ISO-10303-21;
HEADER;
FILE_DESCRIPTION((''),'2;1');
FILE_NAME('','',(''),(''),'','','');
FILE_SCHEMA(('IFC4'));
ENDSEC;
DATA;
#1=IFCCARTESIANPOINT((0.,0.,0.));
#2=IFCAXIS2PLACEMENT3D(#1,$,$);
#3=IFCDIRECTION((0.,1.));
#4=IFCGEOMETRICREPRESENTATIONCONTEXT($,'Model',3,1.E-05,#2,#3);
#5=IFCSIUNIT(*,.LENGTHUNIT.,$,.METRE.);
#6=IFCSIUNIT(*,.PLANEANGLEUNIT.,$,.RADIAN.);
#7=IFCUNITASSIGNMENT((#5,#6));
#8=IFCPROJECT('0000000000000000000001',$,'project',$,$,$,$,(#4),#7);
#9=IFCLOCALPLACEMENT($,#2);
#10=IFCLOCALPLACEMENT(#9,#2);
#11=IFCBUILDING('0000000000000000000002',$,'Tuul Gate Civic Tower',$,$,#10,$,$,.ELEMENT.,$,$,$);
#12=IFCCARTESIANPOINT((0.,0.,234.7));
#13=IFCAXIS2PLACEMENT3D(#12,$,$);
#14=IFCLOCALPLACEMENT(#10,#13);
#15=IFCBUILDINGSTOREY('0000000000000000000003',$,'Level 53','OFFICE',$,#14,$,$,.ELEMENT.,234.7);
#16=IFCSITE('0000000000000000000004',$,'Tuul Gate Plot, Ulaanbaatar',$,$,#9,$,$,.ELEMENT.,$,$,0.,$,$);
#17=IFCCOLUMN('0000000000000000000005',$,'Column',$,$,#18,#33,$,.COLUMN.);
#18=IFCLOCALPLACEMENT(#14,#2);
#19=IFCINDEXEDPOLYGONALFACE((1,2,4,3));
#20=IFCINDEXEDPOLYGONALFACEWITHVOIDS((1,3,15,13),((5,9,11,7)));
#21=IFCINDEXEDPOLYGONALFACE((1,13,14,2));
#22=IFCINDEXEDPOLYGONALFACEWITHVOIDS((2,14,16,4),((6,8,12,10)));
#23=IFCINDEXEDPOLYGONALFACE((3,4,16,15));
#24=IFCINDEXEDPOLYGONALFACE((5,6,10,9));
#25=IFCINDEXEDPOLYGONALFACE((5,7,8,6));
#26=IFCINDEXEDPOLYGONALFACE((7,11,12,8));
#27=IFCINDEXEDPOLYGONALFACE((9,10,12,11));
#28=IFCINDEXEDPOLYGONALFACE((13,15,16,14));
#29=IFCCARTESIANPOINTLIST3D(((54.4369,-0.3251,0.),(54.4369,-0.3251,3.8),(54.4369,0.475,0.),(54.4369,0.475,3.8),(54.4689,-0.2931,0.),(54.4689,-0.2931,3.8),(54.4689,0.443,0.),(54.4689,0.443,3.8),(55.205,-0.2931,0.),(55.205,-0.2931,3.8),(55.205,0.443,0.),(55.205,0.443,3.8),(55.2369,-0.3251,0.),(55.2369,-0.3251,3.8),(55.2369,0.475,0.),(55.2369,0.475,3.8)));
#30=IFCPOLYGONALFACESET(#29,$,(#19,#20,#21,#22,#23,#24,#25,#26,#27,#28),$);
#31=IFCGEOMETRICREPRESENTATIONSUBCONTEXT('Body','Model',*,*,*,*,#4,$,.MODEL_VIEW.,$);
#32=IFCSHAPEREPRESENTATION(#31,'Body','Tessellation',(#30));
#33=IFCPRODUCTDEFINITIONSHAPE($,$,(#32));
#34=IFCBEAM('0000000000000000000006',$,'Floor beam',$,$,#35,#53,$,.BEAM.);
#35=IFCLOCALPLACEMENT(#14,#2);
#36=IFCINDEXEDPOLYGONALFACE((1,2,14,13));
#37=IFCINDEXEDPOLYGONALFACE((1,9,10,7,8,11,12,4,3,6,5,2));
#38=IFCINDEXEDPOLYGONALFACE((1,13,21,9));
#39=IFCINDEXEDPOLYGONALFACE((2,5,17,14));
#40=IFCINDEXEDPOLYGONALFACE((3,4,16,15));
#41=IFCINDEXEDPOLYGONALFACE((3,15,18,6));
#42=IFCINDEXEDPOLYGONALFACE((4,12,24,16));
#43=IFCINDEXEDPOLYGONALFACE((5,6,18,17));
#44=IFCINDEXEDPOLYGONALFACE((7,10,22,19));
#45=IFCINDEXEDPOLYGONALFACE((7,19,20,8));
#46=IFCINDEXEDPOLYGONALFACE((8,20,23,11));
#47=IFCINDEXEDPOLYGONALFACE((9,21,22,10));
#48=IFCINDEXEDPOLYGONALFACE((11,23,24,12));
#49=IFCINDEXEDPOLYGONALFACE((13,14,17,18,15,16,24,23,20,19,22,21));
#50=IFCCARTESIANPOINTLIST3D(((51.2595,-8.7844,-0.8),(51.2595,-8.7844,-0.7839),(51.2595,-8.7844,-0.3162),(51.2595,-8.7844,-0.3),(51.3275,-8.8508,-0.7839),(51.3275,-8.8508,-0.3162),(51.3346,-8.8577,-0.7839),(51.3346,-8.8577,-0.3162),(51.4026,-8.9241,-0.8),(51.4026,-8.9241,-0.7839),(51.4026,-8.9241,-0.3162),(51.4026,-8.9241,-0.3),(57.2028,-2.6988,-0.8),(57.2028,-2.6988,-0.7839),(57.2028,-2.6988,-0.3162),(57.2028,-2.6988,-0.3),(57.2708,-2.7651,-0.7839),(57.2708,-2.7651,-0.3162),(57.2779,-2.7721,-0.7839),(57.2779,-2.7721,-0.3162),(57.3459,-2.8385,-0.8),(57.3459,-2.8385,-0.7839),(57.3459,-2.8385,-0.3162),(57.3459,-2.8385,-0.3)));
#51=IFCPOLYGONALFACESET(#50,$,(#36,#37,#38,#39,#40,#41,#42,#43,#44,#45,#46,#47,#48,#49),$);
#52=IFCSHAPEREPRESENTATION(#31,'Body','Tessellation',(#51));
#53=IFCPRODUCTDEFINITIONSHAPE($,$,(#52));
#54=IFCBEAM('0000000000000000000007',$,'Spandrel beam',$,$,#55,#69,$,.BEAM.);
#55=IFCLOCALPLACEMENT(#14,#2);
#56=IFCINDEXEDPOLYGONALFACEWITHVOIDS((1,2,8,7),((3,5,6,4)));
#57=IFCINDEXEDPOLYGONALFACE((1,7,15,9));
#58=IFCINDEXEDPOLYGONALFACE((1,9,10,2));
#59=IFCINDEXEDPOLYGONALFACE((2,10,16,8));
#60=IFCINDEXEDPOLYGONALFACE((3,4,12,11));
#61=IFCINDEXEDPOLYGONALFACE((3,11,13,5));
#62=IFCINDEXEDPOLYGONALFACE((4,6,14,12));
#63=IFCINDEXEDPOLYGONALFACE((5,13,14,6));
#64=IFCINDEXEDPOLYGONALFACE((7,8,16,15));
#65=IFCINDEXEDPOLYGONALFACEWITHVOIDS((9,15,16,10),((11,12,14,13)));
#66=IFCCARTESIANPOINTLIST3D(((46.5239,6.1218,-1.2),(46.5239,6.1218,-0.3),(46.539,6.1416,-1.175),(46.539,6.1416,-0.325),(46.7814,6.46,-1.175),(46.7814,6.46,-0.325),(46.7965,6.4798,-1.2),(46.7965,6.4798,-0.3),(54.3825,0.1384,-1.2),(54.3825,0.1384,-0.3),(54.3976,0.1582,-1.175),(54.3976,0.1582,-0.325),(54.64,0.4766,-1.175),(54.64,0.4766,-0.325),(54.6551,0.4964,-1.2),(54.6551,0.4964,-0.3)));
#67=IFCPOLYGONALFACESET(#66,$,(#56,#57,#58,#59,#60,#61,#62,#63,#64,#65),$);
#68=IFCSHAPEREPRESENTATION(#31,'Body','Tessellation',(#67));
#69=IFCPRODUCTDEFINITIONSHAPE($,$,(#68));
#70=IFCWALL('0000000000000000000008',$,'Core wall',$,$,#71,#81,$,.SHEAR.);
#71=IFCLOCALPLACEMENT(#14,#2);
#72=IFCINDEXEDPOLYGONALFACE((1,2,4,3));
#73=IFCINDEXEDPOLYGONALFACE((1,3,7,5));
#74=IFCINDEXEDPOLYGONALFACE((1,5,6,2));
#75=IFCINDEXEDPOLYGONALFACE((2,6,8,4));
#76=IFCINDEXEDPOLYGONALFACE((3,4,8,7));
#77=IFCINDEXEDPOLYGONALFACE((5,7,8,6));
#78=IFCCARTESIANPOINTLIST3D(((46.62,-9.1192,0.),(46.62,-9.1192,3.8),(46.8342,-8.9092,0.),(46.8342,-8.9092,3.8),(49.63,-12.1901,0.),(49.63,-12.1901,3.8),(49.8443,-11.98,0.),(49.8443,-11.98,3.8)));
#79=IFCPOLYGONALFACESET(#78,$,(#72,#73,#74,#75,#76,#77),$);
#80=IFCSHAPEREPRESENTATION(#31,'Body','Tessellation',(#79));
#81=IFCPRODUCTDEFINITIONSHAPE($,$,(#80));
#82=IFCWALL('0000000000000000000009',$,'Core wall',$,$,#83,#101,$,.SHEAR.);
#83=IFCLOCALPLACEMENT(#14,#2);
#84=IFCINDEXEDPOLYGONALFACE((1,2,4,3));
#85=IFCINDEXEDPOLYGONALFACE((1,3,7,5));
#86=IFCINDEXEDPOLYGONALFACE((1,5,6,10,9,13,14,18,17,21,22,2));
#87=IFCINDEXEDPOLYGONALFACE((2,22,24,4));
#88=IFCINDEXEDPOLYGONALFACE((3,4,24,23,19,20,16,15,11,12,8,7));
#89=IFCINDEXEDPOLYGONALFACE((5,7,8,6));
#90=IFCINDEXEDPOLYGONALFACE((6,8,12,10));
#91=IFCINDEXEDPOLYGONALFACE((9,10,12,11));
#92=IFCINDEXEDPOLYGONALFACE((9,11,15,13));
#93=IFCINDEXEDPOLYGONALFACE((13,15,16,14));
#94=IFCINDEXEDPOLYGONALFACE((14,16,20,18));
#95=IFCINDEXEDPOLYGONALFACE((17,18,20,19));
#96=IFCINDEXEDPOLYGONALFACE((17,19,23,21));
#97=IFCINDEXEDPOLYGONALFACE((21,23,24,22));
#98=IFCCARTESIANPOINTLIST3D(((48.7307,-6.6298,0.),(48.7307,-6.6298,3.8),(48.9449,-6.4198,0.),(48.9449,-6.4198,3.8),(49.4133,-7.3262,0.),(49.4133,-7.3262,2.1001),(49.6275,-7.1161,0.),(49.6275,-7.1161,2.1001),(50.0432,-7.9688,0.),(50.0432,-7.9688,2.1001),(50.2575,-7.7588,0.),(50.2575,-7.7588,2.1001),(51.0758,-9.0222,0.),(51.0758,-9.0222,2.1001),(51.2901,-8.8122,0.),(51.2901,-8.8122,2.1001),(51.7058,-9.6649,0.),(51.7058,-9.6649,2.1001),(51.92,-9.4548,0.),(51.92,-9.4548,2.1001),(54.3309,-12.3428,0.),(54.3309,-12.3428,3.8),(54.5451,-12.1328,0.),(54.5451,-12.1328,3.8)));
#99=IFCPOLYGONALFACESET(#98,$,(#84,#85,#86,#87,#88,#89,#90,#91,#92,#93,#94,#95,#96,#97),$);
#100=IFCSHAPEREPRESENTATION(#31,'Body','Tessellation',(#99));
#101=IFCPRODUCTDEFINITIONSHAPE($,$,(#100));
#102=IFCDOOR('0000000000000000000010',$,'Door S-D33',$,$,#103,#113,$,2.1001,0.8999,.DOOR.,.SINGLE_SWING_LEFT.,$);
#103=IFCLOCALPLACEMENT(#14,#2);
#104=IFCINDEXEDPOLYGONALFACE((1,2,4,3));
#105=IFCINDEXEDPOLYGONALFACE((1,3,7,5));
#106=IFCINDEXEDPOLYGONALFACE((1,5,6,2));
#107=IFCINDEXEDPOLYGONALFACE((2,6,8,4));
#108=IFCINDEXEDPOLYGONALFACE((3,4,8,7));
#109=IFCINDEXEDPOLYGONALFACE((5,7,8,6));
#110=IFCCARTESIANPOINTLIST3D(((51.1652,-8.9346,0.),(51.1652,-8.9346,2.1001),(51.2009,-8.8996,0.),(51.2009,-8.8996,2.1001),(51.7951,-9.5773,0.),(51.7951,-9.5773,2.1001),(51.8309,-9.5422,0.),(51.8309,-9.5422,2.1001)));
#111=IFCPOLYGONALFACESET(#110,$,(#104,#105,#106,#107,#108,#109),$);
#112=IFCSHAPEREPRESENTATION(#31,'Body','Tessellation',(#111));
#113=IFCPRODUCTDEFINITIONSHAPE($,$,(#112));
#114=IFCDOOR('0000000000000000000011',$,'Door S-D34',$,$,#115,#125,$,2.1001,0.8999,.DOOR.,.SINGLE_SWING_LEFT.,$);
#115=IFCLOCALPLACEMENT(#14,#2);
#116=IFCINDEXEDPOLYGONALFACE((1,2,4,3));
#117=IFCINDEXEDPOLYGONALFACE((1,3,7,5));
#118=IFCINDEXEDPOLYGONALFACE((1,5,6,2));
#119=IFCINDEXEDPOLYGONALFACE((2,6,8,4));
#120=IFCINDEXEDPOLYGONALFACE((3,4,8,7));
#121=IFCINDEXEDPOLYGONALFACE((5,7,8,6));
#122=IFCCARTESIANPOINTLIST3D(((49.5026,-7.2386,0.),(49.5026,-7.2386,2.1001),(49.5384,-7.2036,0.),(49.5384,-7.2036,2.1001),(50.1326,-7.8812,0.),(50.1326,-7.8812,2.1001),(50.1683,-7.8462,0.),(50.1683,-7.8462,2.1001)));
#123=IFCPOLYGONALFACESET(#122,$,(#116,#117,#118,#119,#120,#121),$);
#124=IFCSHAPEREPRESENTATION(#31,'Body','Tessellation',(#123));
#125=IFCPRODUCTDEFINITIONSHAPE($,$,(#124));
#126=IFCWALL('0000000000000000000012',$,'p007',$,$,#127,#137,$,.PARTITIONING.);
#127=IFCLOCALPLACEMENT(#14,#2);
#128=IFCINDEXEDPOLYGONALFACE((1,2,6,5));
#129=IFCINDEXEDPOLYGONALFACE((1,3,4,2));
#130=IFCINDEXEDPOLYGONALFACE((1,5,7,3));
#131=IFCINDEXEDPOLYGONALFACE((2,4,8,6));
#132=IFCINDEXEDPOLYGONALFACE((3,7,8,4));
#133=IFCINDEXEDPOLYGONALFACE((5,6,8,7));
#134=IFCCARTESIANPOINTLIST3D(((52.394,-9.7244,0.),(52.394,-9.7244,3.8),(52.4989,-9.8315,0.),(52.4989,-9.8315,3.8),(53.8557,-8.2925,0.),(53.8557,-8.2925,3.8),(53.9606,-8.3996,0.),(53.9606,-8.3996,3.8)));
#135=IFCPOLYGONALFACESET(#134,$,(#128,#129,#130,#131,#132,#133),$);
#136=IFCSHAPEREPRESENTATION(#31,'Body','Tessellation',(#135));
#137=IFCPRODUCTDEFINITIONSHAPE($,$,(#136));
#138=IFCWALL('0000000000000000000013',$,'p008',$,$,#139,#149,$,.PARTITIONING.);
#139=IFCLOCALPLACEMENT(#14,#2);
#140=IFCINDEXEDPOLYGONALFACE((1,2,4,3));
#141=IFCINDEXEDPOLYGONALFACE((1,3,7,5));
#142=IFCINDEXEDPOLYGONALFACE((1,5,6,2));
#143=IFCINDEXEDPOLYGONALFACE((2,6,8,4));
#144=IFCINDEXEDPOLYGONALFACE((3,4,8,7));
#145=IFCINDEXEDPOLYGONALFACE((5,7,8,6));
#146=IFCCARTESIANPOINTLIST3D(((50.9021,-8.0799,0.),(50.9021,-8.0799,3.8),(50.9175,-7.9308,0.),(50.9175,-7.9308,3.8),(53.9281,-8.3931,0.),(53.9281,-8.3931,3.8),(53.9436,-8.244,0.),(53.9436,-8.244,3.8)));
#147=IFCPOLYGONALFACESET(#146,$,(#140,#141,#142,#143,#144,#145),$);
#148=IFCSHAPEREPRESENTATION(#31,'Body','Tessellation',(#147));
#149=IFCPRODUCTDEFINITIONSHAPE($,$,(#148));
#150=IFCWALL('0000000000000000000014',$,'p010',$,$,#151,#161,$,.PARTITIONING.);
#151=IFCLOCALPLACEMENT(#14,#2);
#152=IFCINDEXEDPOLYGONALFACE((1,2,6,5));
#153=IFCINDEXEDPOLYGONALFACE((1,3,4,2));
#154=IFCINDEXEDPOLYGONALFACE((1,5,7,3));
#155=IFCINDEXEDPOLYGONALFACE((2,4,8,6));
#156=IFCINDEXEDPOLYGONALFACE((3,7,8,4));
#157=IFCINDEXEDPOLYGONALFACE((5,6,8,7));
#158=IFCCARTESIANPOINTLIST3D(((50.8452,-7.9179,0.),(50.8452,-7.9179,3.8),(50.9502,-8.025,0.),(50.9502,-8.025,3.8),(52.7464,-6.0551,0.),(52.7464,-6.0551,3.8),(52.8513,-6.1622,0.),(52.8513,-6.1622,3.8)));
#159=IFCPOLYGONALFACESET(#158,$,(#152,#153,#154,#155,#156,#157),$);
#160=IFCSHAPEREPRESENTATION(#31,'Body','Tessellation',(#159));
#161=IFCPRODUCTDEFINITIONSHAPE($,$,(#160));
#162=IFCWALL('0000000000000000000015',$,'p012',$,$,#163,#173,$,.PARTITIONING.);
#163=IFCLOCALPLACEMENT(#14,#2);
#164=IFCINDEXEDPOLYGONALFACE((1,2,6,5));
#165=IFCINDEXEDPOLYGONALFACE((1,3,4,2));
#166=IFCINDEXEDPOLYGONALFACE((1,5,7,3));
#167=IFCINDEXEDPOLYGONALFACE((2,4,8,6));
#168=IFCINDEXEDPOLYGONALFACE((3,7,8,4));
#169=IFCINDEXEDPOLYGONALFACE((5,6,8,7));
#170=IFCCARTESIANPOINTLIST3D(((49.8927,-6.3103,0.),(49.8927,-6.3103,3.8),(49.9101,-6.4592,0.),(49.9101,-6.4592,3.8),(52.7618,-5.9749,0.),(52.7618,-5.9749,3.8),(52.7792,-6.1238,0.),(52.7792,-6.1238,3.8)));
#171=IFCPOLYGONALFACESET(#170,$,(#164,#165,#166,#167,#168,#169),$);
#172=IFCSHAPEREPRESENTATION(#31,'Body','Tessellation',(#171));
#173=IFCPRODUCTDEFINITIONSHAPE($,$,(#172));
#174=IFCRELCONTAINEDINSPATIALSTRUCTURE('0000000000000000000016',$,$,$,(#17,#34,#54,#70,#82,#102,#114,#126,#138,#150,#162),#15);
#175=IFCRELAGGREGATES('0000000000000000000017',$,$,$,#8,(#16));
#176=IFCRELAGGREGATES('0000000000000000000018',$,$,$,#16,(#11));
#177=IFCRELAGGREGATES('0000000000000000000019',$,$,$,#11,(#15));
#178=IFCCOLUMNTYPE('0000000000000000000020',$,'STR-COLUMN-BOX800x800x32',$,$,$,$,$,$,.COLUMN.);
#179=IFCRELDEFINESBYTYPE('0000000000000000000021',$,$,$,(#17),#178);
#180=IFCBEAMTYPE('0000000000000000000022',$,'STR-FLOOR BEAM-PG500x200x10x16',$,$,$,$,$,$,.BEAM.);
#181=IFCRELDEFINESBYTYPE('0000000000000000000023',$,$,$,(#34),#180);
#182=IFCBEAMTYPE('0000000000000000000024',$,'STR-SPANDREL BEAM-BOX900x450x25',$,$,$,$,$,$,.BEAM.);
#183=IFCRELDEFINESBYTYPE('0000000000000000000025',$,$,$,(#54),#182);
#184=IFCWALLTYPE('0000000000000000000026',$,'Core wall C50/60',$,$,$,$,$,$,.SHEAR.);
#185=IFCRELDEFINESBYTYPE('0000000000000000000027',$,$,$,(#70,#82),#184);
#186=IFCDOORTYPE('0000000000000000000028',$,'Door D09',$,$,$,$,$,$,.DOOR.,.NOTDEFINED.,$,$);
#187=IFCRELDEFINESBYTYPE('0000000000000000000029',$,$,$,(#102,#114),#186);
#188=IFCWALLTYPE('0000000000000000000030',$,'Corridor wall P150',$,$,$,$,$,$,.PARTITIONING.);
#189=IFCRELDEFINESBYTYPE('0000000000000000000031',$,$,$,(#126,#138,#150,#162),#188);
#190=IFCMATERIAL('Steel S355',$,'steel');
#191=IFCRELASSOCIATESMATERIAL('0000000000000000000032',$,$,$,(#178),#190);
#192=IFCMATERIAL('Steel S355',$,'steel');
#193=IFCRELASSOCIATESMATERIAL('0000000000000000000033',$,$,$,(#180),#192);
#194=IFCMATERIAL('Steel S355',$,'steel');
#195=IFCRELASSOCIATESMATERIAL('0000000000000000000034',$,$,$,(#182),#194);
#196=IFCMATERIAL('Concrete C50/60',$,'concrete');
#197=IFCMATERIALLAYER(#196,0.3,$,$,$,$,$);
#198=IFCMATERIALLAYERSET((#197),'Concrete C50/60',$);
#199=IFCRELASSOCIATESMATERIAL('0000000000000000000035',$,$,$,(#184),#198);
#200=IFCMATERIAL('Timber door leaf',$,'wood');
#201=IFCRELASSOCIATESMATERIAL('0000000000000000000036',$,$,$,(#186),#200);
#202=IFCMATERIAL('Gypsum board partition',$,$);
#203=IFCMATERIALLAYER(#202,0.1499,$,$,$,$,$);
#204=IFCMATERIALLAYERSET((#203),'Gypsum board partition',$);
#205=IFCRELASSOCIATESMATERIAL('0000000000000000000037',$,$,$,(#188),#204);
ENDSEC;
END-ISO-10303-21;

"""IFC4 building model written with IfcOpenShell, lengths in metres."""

from ifc_helpers import new_model, si_unit, direction, frame, frame_2d, origin, origin_2d, place, context, subcontext, project, spatial, rectangle, hollow_rectangle, i_section, extrude, material, layer, layer_set, material_profile, profile_set, type_object, element, fill, save


model = new_model("IFC4")

# Units and contexts
model_context = context("Model", 3, precision=1e-05, world=origin(), true_north=direction((0.0, 1.0)))
body_context = subcontext(model_context, "Body", "Model", "MODEL_VIEW")
ifc_project = project(units=[si_unit("LENGTHUNIT", "METRE"), si_unit("PLANEANGLEUNIT", "RADIAN")], contexts=[model_context])

# Site, building, storey
site_placement = place(None, origin())
site = spatial("IfcSite", under=ifc_project, at=site_placement, Name="Tuul Gate Plot, Ulaanbaatar", CompositionType="ELEMENT", RefElevation=0.0)
building_placement = place(site_placement, origin())
building = spatial("IfcBuilding", under=site, at=building_placement, Name="Tuul Gate Civic Tower", CompositionType="ELEMENT")
storey_placement = place(building_placement, frame((0.0, 0.0, 234.7)))
storey = spatial("IfcBuildingStorey", under=building, at=storey_placement, Name="Level 53", Description="OFFICE", CompositionType="ELEMENT", Elevation=234.7)

# Column
ifc_material_1 = material(Name="Steel S355", Category="steel")
ifc_material_profile_1 = material_profile(ifc_material_1, hollow_rectangle(XDim=0.8, YDim=0.8, WallThickness=0.032, at=origin_2d()), Name="BOX800x800x32")
ifc_profile_set_1 = profile_set([ifc_material_profile_1], Name="Steel S355")
column_type = type_object("IfcColumnType", Name="STR-COLUMN-BOX800x800x32", PredefinedType="COLUMN", material=ifc_profile_set_1)
column_placement = place(storey_placement, frame((54.8369, 0.075, 0.0), z_axis=(0.0, 0.0, 1.0), x_axis=(1.0, 0.0, 0.0)))
element("IfcColumn", 1, at=column_placement, inside=storey, type_object=column_type, Name="Column", PredefinedType="COLUMN", context=body_context, shape_type="SweptSolid", body=[
    extrude(hollow_rectangle(XDim=0.8, YDim=0.8, WallThickness=0.032, at=origin_2d()), origin(), (0.0, 0.0, 1.0), 3.8),
])

# Beams
ifc_material_2 = material(Name="Steel S355", Category="steel")
ifc_material_profile_2 = material_profile(ifc_material_2, i_section(OverallWidth=0.2, OverallDepth=0.5, WebThickness=0.01, FlangeThickness=0.0161, at=origin_2d()), Name="PG500x200x10x16")
ifc_profile_set_2 = profile_set([ifc_material_profile_2], Name="Steel S355")
beam_type_1 = type_object("IfcBeamType", Name="STR-FLOOR BEAM-PG500x200x10x16", PredefinedType="BEAM", material=ifc_profile_set_2)
beam_1_placement = place(storey_placement, frame((51.3311, -8.8542, -0.55), z_axis=(0.698691, 0.715424, 0.0), x_axis=(-0.715424, 0.698691, 0.0)))
element("IfcBeam", 2, at=beam_1_placement, inside=storey, type_object=beam_type_1, Name="Floor beam", PredefinedType="BEAM", context=body_context, shape_type="SweptSolid", body=[
    extrude(i_section(OverallWidth=0.2, OverallDepth=0.5, WebThickness=0.01, FlangeThickness=0.0161, at=origin_2d()), origin(), (0.0, 0.0, 1.0), 8.5063),
])
ifc_material_3 = material(Name="Steel S355", Category="steel")
ifc_material_profile_3 = material_profile(ifc_material_3, hollow_rectangle(XDim=0.45, YDim=0.8999, WallThickness=0.0249, at=origin_2d()), Name="BOX900x450x25")
ifc_profile_set_3 = profile_set([ifc_material_profile_3], Name="Steel S355")
beam_type_2 = type_object("IfcBeamType", Name="STR-SPANDREL BEAM-BOX900x450x25", PredefinedType="BEAM", material=ifc_profile_set_3)
beam_2_placement = place(storey_placement, frame((54.5188, 0.3174, -0.75), z_axis=(-0.795634, 0.605778, 0.0), x_axis=(-0.605778, -0.795634, 0.0)))
element("IfcBeam", 3, at=beam_2_placement, inside=storey, type_object=beam_type_2, Name="Spandrel beam", PredefinedType="BEAM", context=body_context, shape_type="SweptSolid", body=[
    extrude(hollow_rectangle(XDim=0.45, YDim=0.8999, WallThickness=0.0249, at=origin_2d()), origin(), (0.0, 0.0, 1.0), 9.8772),
])

# Wall
ifc_material_4 = material(Name="Concrete C50/60", Category="concrete")
ifc_layer_1 = layer(ifc_material_4, 0.3)
ifc_layer_set_1 = layer_set([ifc_layer_1], Name="Concrete C50/60")
wall_type_1 = type_object("IfcWallType", Name="Core wall C50/60", PredefinedType="SHEAR", material=ifc_layer_set_1)
wall_1_placement = place(storey_placement, frame((49.7371, -12.085, 0.0), z_axis=(0.0, 0.0, 1.0), x_axis=(-0.700003, 0.71414, 0.0)))
element("IfcWall", 4, at=wall_1_placement, inside=storey, type_object=wall_type_1, Name="Core wall", PredefinedType="SHEAR", context=body_context, shape_type="SweptSolid", body=[
    extrude(rectangle(XDim=4.3, YDim=0.3, at=frame_2d((2.1499, 0.0))), origin(), (0.0, 0.0, 1.0), 3.8),
])

# Wall, openings, doors
wall_2_placement = place(storey_placement, frame((54.438, -12.2378, 0.0), z_axis=(0.0, 0.0, 1.0), x_axis=(-0.700022, 0.714121, 0.0)))
wall_2 = element("IfcWall", 5, at=wall_2_placement, inside=storey, type_object=wall_type_1, Name="Core wall", PredefinedType="SHEAR", context=body_context, shape_type="SweptSolid", body=[
    extrude(rectangle(XDim=8.0, YDim=0.3, at=frame_2d((4.0, 0.0))), origin(), (0.0, 0.0, 1.0), 3.8),
])
opening_1_placement = place(wall_2_placement, frame((3.75, 0.0, 0.0)))
opening_1 = element("IfcOpeningElement", 6, at=opening_1_placement, cuts=wall_2, PredefinedType="OPENING", context=body_context, shape_type="SweptSolid", body=[
    extrude(rectangle(XDim=0.8999, YDim=2.1001, at=frame_2d((0.45, 1.05))), frame((0.0, 0.1602, 0.0), z_axis=(0.0, -1.0, 0.0), x_axis=(1.0, 0.0, 0.0)), (0.0, 0.0, 1.0), 0.3201),
])
opening_2_placement = place(wall_2_placement, frame((6.125, 0.0, 0.0)))
opening_2 = element("IfcOpeningElement", 7, at=opening_2_placement, cuts=wall_2, PredefinedType="OPENING", context=body_context, shape_type="SweptSolid", body=[
    extrude(rectangle(XDim=0.8999, YDim=2.1001, at=frame_2d((0.45, 1.05))), frame((0.0, 0.1602, 0.0), z_axis=(0.0, -1.0, 0.0), x_axis=(1.0, 0.0, 0.0)), (0.0, 0.0, 1.0), 0.3201),
])
ifc_material_5 = material(Name="Timber door leaf", Category="wood")
door_type = type_object("IfcDoorType", Name="Door D09", OperationType="NOTDEFINED", PredefinedType="DOOR", material=ifc_material_5)
door_1_placement = place(opening_1_placement, origin())
door_1 = element("IfcDoor", 8, at=door_1_placement, inside=storey, type_object=door_type, Name="Door S-D33", OperationType="SINGLE_SWING_LEFT", OverallHeight=2.1001, OverallWidth=0.8999, PredefinedType="DOOR", context=body_context, shape_type="SweptSolid", body=[
    extrude(rectangle(XDim=0.8999, YDim=2.1001, at=frame_2d((0.45, 1.05))), frame((0.0, 0.0249, 0.0), z_axis=(0.0, -1.0, 0.0), x_axis=(1.0, 0.0, 0.0)), (0.0, 0.0, 1.0), 0.05),
])
fill(opening_1, door_1)
door_2_placement = place(opening_2_placement, origin())
door_2 = element("IfcDoor", 9, at=door_2_placement, inside=storey, type_object=door_type, Name="Door S-D34", OperationType="SINGLE_SWING_LEFT", OverallHeight=2.1001, OverallWidth=0.8999, PredefinedType="DOOR", context=body_context, shape_type="SweptSolid", body=[
    extrude(rectangle(XDim=0.8999, YDim=2.1001, at=frame_2d((0.45, 1.05))), frame((0.0, 0.0249, 0.0), z_axis=(0.0, -1.0, 0.0), x_axis=(1.0, 0.0, 0.0)), (0.0, 0.0, 1.0), 0.05),
])
fill(opening_2, door_2)

# Walls
ifc_material_6 = material(Name="Gypsum board partition")
ifc_layer_2 = layer(ifc_material_6, 0.1499)
ifc_layer_set_2 = layer_set([ifc_layer_2], Name="Gypsum board partition")
wall_type_2 = type_object("IfcWallType", Name="Corridor wall P150", PredefinedType="PARTITIONING", material=ifc_layer_set_2)
wall_3_placement = place(storey_placement, frame((52.4465, -9.7778, 0.0), z_axis=(0.0, 0.0, 1.0), x_axis=(0.714348, 0.699791, 0.0)))
element("IfcWall", 10, at=wall_3_placement, inside=storey, type_object=wall_type_2, Name="p007", PredefinedType="PARTITIONING", context=body_context, shape_type="SweptSolid", body=[
    extrude(rectangle(XDim=2.0461, YDim=0.1499, at=frame_2d((1.0229, 0.0))), origin(), (0.0, 0.0, 1.0), 3.8),
])
wall_4_placement = place(storey_placement, frame((50.9099, -8.0054, 0.0), z_axis=(0.0, 0.0, 1.0), x_axis=(0.994686, -0.102959, 0.0)))
element("IfcWall", 11, at=wall_4_placement, inside=storey, type_object=wall_type_2, Name="p008", PredefinedType="PARTITIONING", context=body_context, shape_type="SweptSolid", body=[
    extrude(rectangle(XDim=3.0422, YDim=0.1499, at=frame_2d((1.521, 0.0))), origin(), (0.0, 0.0, 1.0), 3.8),
])
wall_5_placement = place(storey_placement, frame((50.8977, -7.9714, 0.0), z_axis=(0.0, 0.0, 1.0), x_axis=(0.714271, 0.69987, 0.0)))
element("IfcWall", 12, at=wall_5_placement, inside=storey, type_object=wall_type_2, Name="p010", PredefinedType="PARTITIONING", context=body_context, shape_type="SweptSolid", body=[
    extrude(rectangle(XDim=2.6616, YDim=0.1499, at=frame_2d((1.3308, 0.0))), origin(), (0.0, 0.0, 1.0), 3.8),
])
wall_6_placement = place(storey_placement, frame((49.9014, -6.3848, 0.0), z_axis=(0.0, 0.0, 1.0), x_axis=(0.993235, 0.116125, 0.0)))
element("IfcWall", 13, at=wall_6_placement, inside=storey, type_object=wall_type_2, Name="p012", PredefinedType="PARTITIONING", context=body_context, shape_type="SweptSolid", body=[
    extrude(rectangle(XDim=2.8887, YDim=0.1499, at=frame_2d((1.4443, 0.0))), origin(), (0.0, 0.0, 1.0), 3.8),
])

save(model, "model.ifc")
